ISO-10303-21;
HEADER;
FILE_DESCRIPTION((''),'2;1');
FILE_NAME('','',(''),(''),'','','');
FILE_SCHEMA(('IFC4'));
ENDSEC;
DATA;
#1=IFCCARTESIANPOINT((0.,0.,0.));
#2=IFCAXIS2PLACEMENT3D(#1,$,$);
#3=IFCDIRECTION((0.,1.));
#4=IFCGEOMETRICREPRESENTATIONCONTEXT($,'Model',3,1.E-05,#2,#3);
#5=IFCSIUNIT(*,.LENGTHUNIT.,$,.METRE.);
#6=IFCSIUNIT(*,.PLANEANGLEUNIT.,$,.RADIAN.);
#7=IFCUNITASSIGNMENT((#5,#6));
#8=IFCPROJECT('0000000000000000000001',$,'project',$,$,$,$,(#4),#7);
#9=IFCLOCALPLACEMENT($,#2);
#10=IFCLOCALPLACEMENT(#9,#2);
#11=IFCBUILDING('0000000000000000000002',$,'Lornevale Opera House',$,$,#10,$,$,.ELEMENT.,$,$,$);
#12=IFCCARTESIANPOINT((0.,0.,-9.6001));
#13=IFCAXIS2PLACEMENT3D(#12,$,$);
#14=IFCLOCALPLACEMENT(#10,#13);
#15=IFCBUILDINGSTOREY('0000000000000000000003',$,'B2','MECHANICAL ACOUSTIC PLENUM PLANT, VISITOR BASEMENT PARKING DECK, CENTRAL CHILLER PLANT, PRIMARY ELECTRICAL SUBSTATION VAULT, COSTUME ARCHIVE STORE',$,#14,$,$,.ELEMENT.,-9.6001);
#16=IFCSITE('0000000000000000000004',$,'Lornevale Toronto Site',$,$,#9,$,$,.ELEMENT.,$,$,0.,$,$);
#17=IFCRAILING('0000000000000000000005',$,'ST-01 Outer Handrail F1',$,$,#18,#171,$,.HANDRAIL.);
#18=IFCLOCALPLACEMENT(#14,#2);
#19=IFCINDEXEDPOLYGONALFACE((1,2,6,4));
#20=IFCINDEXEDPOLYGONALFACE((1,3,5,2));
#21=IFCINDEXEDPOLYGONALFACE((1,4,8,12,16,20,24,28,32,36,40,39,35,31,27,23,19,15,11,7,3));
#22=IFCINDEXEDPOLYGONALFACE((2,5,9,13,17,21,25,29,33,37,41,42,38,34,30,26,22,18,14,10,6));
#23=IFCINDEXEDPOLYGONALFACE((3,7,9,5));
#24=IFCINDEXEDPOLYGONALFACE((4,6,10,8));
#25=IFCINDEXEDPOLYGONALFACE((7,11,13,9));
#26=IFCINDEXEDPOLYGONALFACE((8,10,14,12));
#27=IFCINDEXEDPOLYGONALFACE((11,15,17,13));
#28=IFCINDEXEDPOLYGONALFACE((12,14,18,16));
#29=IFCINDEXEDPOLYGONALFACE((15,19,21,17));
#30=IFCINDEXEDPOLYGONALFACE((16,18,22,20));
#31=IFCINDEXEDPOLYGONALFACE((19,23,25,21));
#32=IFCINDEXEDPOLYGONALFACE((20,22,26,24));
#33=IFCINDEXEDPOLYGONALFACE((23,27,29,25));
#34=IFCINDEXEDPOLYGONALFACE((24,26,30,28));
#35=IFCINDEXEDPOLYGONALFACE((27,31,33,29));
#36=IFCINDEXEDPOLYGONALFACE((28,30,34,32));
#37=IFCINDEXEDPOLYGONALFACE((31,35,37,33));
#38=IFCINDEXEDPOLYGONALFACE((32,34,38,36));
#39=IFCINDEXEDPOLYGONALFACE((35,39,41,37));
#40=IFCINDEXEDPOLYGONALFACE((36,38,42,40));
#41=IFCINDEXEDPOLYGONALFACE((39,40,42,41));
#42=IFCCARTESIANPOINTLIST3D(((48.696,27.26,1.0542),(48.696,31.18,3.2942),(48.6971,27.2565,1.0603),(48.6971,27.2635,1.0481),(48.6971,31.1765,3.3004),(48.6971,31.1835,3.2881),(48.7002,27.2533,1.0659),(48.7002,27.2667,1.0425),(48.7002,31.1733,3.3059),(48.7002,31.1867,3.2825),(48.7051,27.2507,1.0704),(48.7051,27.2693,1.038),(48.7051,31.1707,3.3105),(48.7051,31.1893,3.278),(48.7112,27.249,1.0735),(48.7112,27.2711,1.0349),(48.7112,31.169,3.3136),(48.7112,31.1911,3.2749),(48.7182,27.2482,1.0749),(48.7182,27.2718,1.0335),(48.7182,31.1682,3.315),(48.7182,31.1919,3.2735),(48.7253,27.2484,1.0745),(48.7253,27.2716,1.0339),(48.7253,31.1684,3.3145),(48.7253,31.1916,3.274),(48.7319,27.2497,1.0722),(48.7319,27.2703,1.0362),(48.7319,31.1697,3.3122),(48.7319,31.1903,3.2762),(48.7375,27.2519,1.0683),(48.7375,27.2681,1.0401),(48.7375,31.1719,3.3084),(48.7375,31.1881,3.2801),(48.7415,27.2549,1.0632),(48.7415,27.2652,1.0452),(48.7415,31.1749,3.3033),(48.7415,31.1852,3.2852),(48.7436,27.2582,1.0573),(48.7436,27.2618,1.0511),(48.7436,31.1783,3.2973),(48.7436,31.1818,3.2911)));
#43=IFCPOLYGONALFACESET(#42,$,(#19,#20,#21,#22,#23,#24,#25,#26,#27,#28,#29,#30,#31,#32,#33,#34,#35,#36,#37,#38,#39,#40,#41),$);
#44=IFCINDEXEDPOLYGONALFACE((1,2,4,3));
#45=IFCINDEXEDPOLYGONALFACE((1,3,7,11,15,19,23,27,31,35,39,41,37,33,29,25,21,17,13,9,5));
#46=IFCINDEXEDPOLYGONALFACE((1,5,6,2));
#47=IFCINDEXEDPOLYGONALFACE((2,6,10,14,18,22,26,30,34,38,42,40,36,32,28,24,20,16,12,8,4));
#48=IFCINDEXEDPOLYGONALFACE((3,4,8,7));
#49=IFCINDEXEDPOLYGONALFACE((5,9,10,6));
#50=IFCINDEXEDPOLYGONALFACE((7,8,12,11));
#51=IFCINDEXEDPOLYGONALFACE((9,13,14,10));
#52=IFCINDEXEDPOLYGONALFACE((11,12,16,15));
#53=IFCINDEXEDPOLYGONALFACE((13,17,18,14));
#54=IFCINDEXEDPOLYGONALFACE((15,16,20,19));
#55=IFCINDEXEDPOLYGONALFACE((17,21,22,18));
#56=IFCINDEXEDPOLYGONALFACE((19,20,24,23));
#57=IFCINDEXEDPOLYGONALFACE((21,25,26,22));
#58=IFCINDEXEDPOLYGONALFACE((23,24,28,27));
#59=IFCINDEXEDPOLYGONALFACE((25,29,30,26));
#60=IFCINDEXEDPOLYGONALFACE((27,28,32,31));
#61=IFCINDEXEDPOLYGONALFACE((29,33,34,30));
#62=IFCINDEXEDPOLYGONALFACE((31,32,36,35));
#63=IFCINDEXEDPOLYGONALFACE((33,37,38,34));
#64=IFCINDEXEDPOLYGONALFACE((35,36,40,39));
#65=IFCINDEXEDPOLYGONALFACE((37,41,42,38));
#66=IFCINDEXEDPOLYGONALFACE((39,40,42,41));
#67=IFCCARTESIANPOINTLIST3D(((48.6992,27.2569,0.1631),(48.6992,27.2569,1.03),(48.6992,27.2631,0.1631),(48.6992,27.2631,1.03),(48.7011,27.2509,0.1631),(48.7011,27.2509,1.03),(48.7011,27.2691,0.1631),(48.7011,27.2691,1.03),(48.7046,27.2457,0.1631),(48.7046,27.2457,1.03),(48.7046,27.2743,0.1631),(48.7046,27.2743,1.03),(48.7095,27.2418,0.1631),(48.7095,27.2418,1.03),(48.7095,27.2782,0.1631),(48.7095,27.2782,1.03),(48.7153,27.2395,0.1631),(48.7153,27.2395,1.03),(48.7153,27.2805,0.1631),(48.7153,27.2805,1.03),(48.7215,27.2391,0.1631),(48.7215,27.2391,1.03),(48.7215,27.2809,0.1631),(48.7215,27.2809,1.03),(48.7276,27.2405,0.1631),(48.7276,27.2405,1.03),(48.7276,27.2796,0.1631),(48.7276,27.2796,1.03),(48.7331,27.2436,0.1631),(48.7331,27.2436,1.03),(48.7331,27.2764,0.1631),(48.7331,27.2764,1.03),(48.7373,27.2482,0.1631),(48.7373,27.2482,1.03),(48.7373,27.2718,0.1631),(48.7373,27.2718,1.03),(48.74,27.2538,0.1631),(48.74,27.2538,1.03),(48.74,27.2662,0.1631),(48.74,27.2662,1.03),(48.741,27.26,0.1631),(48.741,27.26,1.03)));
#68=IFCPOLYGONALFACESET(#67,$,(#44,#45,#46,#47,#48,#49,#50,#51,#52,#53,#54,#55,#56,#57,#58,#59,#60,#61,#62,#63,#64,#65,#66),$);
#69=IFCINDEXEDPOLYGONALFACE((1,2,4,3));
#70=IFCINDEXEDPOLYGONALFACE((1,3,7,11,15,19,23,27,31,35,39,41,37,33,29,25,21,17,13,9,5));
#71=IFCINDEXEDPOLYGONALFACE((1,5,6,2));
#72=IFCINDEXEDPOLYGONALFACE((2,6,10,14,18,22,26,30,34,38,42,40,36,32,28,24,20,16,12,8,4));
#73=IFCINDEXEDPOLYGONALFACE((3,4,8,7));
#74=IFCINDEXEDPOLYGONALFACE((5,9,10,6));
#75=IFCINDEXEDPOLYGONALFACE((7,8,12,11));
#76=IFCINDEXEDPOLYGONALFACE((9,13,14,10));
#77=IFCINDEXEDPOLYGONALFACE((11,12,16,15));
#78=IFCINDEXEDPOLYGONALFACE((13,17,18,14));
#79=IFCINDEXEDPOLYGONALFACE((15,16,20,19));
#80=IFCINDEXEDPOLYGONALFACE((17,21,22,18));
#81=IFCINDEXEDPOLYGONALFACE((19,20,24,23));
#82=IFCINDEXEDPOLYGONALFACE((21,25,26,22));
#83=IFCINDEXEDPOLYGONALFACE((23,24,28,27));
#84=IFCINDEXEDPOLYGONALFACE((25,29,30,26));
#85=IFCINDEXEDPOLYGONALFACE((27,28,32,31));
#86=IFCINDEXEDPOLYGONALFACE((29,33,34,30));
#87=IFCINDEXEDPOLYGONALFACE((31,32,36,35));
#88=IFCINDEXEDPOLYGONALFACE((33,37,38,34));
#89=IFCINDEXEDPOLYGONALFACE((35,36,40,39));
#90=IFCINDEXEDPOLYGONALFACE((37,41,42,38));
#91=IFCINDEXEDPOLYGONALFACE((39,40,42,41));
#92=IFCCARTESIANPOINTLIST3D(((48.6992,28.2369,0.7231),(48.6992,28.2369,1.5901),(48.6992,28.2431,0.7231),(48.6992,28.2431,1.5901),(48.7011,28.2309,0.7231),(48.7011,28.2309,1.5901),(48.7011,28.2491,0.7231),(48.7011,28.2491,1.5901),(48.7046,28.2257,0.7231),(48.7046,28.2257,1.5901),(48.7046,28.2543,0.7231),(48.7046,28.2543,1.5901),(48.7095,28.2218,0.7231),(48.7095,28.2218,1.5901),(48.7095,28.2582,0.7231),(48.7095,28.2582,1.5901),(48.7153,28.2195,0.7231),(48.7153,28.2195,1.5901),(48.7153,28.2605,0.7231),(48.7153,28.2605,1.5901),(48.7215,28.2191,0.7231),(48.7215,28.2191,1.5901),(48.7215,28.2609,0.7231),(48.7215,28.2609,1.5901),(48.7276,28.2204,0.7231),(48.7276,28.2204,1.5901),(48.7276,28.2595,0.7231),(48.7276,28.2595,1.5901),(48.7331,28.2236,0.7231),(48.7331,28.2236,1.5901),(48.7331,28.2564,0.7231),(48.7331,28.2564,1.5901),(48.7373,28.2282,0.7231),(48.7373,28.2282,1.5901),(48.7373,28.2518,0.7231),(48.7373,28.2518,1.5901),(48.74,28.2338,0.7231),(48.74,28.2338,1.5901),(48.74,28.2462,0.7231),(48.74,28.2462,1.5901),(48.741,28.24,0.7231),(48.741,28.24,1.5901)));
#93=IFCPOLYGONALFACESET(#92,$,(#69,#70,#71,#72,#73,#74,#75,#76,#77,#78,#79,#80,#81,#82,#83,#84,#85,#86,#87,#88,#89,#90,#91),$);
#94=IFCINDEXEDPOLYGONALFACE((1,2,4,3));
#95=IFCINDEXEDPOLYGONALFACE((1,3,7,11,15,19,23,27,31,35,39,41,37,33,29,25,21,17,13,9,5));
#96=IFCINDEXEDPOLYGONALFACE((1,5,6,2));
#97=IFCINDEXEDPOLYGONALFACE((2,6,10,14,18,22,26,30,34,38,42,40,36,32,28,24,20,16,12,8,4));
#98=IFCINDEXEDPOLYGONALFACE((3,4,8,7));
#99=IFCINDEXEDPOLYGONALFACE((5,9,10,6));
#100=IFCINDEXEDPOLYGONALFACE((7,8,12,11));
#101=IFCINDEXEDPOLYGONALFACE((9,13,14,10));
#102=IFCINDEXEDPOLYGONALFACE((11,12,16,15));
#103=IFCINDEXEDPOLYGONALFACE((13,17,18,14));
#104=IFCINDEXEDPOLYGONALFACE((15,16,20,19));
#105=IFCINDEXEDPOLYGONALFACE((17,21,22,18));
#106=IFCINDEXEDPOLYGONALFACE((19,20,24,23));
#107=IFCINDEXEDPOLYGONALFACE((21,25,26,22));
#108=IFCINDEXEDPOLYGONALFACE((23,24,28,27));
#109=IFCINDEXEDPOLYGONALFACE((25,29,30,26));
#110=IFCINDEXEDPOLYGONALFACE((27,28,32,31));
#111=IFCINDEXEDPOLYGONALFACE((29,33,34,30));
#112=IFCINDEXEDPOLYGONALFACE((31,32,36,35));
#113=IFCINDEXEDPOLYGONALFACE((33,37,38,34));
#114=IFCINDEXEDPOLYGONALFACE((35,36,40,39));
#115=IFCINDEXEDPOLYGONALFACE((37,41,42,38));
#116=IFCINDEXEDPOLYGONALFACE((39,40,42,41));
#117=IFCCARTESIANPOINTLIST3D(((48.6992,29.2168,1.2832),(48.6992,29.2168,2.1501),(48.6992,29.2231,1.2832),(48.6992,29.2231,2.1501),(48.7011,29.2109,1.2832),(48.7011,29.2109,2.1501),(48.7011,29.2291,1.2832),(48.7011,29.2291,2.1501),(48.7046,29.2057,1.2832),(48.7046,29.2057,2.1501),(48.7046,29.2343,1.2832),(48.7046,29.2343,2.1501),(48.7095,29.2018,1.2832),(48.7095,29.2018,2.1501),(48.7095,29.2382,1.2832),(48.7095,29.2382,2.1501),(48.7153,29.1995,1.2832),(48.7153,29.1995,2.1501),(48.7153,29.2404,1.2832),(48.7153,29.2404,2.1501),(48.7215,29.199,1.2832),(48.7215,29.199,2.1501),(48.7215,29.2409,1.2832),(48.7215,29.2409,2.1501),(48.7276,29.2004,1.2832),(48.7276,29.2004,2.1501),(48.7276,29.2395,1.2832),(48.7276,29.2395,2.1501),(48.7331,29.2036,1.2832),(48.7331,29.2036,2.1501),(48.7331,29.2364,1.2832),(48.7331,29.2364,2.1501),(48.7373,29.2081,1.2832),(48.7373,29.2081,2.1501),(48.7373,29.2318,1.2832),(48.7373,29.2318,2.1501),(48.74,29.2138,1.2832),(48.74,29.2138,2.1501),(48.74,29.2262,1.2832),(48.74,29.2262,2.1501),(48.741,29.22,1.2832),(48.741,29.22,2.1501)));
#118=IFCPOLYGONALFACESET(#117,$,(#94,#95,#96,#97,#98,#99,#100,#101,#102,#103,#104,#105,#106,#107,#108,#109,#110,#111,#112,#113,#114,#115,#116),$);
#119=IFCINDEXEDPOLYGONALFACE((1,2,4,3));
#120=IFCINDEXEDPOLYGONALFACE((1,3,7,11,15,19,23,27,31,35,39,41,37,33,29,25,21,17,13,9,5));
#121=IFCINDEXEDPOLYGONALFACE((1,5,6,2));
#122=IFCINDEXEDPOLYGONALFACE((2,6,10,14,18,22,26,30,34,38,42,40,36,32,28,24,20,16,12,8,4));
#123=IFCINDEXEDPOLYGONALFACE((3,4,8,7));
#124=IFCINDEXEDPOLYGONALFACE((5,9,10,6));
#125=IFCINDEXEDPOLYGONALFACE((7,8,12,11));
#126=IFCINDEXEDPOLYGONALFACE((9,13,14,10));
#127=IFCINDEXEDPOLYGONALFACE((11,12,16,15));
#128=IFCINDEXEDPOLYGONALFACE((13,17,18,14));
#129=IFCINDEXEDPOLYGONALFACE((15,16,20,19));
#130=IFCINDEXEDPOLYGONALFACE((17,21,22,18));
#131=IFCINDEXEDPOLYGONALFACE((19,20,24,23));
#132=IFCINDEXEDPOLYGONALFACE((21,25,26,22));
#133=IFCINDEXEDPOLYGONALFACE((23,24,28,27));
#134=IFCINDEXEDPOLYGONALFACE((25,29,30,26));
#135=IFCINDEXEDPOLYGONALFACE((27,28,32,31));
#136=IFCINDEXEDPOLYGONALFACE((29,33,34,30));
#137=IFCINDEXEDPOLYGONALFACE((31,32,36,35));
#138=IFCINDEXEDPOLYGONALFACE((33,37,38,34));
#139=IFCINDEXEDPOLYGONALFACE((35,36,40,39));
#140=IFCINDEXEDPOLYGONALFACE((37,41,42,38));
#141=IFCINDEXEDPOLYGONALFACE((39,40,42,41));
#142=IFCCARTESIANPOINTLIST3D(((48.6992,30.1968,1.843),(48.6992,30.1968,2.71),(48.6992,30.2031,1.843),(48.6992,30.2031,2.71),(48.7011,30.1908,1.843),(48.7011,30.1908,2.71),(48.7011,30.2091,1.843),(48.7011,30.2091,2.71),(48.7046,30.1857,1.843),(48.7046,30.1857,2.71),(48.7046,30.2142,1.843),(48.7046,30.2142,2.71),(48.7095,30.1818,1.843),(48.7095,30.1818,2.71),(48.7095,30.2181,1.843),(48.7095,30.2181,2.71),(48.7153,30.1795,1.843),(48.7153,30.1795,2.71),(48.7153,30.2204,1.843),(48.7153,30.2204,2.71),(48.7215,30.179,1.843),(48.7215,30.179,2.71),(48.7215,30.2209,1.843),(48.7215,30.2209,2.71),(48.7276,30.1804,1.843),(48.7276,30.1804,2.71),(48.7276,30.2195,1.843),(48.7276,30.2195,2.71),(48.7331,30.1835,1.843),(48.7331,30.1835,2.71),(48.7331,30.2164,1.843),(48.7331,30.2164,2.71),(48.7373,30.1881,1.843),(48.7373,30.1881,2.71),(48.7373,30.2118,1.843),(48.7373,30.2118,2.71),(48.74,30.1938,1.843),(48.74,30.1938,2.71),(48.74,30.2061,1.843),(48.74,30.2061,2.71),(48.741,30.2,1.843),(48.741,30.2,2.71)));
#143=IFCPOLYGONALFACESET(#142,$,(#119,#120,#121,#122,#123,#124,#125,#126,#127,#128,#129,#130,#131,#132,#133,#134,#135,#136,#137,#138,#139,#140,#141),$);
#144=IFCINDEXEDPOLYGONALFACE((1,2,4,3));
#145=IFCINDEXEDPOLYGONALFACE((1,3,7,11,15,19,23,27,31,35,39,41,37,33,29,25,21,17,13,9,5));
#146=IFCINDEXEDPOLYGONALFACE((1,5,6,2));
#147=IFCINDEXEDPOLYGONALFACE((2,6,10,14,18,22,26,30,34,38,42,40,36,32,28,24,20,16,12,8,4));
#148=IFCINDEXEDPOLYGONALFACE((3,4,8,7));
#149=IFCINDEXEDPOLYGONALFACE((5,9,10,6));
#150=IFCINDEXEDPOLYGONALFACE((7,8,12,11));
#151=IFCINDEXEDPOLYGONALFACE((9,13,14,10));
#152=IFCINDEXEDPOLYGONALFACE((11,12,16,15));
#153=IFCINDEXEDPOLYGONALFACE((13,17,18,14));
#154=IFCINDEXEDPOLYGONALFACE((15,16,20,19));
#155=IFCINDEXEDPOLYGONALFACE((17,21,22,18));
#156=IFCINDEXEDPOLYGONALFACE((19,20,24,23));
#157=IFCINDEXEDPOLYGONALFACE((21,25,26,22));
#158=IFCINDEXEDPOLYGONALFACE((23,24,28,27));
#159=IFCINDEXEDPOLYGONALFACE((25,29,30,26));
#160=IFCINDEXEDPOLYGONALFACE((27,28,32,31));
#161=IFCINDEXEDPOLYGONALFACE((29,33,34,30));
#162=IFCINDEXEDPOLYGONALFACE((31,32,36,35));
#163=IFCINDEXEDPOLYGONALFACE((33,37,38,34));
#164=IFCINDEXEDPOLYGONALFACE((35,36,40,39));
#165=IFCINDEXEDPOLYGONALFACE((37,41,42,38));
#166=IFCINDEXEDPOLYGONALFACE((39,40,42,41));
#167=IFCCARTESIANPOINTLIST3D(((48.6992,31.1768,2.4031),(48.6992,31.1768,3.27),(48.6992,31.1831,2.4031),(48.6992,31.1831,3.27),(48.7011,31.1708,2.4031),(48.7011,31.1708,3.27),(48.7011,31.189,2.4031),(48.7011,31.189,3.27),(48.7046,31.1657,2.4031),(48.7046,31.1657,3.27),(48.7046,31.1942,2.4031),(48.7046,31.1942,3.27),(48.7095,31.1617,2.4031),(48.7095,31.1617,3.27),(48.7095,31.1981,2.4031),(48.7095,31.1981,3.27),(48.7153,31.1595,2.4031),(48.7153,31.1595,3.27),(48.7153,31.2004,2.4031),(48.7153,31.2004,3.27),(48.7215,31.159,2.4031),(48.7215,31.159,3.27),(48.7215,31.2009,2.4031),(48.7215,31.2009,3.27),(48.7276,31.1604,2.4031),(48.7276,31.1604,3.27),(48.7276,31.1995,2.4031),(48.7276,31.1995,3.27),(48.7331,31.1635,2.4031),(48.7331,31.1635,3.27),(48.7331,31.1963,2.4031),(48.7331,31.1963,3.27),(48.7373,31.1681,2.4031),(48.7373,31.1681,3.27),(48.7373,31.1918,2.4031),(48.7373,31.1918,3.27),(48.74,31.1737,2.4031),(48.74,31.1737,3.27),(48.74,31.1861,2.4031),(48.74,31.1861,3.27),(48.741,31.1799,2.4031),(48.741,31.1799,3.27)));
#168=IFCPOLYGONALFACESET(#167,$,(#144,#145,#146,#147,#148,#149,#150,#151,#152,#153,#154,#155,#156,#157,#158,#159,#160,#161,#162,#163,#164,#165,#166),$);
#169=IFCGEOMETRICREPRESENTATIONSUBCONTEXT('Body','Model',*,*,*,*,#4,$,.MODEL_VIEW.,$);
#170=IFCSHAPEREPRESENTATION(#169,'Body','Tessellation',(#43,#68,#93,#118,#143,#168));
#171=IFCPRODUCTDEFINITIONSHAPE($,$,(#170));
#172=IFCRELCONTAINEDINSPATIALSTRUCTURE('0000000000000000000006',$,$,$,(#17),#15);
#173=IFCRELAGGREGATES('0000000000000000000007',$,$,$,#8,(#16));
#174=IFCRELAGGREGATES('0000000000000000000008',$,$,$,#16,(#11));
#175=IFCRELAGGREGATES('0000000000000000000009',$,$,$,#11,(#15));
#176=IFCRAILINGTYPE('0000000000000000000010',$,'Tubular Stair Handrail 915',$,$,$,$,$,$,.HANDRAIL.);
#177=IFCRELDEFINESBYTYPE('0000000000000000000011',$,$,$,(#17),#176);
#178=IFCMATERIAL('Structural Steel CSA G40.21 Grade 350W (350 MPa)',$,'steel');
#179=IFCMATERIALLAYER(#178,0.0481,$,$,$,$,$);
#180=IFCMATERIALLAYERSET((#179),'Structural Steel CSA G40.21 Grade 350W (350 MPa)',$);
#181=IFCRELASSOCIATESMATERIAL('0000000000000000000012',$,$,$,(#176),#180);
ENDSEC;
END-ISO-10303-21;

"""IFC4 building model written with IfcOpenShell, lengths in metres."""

from ifc_helpers import new_model, si_unit, direction, frame, origin, origin_2d, place, context, subcontext, project, spatial, circle, extrude, material, layer, layer_set, type_object, element, save


model = new_model("IFC4")

# Units and contexts
model_context = context("Model", 3, precision=1e-05, world=origin(), true_north=direction((0.0, 1.0)))
body_context = subcontext(model_context, "Body", "Model", "MODEL_VIEW")
ifc_project = project(units=[si_unit("LENGTHUNIT", "METRE"), si_unit("PLANEANGLEUNIT", "RADIAN")], contexts=[model_context])

# Site, building, storey
site_placement = place(None, origin())
site = spatial("IfcSite", under=ifc_project, at=site_placement, Name="Lornevale Toronto Site", CompositionType="ELEMENT", RefElevation=0.0)
building_placement = place(site_placement, origin())
building = spatial("IfcBuilding", under=site, at=building_placement, Name="Lornevale Opera House", CompositionType="ELEMENT")
storey_placement = place(building_placement, frame((0.0, 0.0, -9.6001)))
storey = spatial("IfcBuildingStorey", under=building, at=storey_placement, Name="B2", Description="MECHANICAL ACOUSTIC PLENUM PLANT, VISITOR BASEMENT PARKING DECK, CENTRAL CHILLER PLANT, PRIMARY ELECTRICAL SUBSTATION VAULT, COSTUME ARCHIVE STORE", CompositionType="ELEMENT", Elevation=-9.6001)

# Railing
ifc_material_1 = material(Name="Structural Steel CSA G40.21 Grade 350W (350 MPa)", Category="steel")
ifc_layer_1 = layer(ifc_material_1, 0.0481)
ifc_layer_set_1 = layer_set([ifc_layer_1], Name="Structural Steel CSA G40.21 Grade 350W (350 MPa)")
railing_type_1 = type_object("IfcRailingType", Name="Tubular Stair Handrail 915", PredefinedType="HANDRAIL", material=ifc_layer_set_1)
railing_1_placement = place(storey_placement, frame((48.72, 27.26, 0.1631)))
element("IfcRailing", 1, at=railing_1_placement, inside=storey, type_object=railing_type_1, Name="ST-01 Outer Handrail F1", PredefinedType="HANDRAIL", context=body_context, shape_type="SweptSolid", body=[
    extrude(circle(Radius=0.0239, at=origin_2d()), frame((0.0, 0.0, 0.8911), z_axis=(0.0, 0.86824, 0.496145), x_axis=(-1.0, 0.0, 0.0)), (0.0, 0.0, 1.0), 4.5149),
    extrude(circle(Radius=0.021, at=origin_2d()), origin(), (0.0, 0.0, 1.0), 0.8669),
    extrude(circle(Radius=0.021, at=origin_2d()), frame((0.0, 0.98, 0.5601)), (0.0, 0.0, 1.0), 0.8669),
    extrude(circle(Radius=0.021, at=origin_2d()), frame((0.0, 1.96, 1.1201)), (0.0, 0.0, 1.0), 0.8669),
    extrude(circle(Radius=0.021, at=origin_2d()), frame((0.0, 2.9399, 1.6799)), (0.0, 0.0, 1.0), 0.8669),
    extrude(circle(Radius=0.021, at=origin_2d()), frame((0.0, 3.9199, 2.24)), (0.0, 0.0, 1.0), 0.8669),
])

save(model, "model.ifc")
